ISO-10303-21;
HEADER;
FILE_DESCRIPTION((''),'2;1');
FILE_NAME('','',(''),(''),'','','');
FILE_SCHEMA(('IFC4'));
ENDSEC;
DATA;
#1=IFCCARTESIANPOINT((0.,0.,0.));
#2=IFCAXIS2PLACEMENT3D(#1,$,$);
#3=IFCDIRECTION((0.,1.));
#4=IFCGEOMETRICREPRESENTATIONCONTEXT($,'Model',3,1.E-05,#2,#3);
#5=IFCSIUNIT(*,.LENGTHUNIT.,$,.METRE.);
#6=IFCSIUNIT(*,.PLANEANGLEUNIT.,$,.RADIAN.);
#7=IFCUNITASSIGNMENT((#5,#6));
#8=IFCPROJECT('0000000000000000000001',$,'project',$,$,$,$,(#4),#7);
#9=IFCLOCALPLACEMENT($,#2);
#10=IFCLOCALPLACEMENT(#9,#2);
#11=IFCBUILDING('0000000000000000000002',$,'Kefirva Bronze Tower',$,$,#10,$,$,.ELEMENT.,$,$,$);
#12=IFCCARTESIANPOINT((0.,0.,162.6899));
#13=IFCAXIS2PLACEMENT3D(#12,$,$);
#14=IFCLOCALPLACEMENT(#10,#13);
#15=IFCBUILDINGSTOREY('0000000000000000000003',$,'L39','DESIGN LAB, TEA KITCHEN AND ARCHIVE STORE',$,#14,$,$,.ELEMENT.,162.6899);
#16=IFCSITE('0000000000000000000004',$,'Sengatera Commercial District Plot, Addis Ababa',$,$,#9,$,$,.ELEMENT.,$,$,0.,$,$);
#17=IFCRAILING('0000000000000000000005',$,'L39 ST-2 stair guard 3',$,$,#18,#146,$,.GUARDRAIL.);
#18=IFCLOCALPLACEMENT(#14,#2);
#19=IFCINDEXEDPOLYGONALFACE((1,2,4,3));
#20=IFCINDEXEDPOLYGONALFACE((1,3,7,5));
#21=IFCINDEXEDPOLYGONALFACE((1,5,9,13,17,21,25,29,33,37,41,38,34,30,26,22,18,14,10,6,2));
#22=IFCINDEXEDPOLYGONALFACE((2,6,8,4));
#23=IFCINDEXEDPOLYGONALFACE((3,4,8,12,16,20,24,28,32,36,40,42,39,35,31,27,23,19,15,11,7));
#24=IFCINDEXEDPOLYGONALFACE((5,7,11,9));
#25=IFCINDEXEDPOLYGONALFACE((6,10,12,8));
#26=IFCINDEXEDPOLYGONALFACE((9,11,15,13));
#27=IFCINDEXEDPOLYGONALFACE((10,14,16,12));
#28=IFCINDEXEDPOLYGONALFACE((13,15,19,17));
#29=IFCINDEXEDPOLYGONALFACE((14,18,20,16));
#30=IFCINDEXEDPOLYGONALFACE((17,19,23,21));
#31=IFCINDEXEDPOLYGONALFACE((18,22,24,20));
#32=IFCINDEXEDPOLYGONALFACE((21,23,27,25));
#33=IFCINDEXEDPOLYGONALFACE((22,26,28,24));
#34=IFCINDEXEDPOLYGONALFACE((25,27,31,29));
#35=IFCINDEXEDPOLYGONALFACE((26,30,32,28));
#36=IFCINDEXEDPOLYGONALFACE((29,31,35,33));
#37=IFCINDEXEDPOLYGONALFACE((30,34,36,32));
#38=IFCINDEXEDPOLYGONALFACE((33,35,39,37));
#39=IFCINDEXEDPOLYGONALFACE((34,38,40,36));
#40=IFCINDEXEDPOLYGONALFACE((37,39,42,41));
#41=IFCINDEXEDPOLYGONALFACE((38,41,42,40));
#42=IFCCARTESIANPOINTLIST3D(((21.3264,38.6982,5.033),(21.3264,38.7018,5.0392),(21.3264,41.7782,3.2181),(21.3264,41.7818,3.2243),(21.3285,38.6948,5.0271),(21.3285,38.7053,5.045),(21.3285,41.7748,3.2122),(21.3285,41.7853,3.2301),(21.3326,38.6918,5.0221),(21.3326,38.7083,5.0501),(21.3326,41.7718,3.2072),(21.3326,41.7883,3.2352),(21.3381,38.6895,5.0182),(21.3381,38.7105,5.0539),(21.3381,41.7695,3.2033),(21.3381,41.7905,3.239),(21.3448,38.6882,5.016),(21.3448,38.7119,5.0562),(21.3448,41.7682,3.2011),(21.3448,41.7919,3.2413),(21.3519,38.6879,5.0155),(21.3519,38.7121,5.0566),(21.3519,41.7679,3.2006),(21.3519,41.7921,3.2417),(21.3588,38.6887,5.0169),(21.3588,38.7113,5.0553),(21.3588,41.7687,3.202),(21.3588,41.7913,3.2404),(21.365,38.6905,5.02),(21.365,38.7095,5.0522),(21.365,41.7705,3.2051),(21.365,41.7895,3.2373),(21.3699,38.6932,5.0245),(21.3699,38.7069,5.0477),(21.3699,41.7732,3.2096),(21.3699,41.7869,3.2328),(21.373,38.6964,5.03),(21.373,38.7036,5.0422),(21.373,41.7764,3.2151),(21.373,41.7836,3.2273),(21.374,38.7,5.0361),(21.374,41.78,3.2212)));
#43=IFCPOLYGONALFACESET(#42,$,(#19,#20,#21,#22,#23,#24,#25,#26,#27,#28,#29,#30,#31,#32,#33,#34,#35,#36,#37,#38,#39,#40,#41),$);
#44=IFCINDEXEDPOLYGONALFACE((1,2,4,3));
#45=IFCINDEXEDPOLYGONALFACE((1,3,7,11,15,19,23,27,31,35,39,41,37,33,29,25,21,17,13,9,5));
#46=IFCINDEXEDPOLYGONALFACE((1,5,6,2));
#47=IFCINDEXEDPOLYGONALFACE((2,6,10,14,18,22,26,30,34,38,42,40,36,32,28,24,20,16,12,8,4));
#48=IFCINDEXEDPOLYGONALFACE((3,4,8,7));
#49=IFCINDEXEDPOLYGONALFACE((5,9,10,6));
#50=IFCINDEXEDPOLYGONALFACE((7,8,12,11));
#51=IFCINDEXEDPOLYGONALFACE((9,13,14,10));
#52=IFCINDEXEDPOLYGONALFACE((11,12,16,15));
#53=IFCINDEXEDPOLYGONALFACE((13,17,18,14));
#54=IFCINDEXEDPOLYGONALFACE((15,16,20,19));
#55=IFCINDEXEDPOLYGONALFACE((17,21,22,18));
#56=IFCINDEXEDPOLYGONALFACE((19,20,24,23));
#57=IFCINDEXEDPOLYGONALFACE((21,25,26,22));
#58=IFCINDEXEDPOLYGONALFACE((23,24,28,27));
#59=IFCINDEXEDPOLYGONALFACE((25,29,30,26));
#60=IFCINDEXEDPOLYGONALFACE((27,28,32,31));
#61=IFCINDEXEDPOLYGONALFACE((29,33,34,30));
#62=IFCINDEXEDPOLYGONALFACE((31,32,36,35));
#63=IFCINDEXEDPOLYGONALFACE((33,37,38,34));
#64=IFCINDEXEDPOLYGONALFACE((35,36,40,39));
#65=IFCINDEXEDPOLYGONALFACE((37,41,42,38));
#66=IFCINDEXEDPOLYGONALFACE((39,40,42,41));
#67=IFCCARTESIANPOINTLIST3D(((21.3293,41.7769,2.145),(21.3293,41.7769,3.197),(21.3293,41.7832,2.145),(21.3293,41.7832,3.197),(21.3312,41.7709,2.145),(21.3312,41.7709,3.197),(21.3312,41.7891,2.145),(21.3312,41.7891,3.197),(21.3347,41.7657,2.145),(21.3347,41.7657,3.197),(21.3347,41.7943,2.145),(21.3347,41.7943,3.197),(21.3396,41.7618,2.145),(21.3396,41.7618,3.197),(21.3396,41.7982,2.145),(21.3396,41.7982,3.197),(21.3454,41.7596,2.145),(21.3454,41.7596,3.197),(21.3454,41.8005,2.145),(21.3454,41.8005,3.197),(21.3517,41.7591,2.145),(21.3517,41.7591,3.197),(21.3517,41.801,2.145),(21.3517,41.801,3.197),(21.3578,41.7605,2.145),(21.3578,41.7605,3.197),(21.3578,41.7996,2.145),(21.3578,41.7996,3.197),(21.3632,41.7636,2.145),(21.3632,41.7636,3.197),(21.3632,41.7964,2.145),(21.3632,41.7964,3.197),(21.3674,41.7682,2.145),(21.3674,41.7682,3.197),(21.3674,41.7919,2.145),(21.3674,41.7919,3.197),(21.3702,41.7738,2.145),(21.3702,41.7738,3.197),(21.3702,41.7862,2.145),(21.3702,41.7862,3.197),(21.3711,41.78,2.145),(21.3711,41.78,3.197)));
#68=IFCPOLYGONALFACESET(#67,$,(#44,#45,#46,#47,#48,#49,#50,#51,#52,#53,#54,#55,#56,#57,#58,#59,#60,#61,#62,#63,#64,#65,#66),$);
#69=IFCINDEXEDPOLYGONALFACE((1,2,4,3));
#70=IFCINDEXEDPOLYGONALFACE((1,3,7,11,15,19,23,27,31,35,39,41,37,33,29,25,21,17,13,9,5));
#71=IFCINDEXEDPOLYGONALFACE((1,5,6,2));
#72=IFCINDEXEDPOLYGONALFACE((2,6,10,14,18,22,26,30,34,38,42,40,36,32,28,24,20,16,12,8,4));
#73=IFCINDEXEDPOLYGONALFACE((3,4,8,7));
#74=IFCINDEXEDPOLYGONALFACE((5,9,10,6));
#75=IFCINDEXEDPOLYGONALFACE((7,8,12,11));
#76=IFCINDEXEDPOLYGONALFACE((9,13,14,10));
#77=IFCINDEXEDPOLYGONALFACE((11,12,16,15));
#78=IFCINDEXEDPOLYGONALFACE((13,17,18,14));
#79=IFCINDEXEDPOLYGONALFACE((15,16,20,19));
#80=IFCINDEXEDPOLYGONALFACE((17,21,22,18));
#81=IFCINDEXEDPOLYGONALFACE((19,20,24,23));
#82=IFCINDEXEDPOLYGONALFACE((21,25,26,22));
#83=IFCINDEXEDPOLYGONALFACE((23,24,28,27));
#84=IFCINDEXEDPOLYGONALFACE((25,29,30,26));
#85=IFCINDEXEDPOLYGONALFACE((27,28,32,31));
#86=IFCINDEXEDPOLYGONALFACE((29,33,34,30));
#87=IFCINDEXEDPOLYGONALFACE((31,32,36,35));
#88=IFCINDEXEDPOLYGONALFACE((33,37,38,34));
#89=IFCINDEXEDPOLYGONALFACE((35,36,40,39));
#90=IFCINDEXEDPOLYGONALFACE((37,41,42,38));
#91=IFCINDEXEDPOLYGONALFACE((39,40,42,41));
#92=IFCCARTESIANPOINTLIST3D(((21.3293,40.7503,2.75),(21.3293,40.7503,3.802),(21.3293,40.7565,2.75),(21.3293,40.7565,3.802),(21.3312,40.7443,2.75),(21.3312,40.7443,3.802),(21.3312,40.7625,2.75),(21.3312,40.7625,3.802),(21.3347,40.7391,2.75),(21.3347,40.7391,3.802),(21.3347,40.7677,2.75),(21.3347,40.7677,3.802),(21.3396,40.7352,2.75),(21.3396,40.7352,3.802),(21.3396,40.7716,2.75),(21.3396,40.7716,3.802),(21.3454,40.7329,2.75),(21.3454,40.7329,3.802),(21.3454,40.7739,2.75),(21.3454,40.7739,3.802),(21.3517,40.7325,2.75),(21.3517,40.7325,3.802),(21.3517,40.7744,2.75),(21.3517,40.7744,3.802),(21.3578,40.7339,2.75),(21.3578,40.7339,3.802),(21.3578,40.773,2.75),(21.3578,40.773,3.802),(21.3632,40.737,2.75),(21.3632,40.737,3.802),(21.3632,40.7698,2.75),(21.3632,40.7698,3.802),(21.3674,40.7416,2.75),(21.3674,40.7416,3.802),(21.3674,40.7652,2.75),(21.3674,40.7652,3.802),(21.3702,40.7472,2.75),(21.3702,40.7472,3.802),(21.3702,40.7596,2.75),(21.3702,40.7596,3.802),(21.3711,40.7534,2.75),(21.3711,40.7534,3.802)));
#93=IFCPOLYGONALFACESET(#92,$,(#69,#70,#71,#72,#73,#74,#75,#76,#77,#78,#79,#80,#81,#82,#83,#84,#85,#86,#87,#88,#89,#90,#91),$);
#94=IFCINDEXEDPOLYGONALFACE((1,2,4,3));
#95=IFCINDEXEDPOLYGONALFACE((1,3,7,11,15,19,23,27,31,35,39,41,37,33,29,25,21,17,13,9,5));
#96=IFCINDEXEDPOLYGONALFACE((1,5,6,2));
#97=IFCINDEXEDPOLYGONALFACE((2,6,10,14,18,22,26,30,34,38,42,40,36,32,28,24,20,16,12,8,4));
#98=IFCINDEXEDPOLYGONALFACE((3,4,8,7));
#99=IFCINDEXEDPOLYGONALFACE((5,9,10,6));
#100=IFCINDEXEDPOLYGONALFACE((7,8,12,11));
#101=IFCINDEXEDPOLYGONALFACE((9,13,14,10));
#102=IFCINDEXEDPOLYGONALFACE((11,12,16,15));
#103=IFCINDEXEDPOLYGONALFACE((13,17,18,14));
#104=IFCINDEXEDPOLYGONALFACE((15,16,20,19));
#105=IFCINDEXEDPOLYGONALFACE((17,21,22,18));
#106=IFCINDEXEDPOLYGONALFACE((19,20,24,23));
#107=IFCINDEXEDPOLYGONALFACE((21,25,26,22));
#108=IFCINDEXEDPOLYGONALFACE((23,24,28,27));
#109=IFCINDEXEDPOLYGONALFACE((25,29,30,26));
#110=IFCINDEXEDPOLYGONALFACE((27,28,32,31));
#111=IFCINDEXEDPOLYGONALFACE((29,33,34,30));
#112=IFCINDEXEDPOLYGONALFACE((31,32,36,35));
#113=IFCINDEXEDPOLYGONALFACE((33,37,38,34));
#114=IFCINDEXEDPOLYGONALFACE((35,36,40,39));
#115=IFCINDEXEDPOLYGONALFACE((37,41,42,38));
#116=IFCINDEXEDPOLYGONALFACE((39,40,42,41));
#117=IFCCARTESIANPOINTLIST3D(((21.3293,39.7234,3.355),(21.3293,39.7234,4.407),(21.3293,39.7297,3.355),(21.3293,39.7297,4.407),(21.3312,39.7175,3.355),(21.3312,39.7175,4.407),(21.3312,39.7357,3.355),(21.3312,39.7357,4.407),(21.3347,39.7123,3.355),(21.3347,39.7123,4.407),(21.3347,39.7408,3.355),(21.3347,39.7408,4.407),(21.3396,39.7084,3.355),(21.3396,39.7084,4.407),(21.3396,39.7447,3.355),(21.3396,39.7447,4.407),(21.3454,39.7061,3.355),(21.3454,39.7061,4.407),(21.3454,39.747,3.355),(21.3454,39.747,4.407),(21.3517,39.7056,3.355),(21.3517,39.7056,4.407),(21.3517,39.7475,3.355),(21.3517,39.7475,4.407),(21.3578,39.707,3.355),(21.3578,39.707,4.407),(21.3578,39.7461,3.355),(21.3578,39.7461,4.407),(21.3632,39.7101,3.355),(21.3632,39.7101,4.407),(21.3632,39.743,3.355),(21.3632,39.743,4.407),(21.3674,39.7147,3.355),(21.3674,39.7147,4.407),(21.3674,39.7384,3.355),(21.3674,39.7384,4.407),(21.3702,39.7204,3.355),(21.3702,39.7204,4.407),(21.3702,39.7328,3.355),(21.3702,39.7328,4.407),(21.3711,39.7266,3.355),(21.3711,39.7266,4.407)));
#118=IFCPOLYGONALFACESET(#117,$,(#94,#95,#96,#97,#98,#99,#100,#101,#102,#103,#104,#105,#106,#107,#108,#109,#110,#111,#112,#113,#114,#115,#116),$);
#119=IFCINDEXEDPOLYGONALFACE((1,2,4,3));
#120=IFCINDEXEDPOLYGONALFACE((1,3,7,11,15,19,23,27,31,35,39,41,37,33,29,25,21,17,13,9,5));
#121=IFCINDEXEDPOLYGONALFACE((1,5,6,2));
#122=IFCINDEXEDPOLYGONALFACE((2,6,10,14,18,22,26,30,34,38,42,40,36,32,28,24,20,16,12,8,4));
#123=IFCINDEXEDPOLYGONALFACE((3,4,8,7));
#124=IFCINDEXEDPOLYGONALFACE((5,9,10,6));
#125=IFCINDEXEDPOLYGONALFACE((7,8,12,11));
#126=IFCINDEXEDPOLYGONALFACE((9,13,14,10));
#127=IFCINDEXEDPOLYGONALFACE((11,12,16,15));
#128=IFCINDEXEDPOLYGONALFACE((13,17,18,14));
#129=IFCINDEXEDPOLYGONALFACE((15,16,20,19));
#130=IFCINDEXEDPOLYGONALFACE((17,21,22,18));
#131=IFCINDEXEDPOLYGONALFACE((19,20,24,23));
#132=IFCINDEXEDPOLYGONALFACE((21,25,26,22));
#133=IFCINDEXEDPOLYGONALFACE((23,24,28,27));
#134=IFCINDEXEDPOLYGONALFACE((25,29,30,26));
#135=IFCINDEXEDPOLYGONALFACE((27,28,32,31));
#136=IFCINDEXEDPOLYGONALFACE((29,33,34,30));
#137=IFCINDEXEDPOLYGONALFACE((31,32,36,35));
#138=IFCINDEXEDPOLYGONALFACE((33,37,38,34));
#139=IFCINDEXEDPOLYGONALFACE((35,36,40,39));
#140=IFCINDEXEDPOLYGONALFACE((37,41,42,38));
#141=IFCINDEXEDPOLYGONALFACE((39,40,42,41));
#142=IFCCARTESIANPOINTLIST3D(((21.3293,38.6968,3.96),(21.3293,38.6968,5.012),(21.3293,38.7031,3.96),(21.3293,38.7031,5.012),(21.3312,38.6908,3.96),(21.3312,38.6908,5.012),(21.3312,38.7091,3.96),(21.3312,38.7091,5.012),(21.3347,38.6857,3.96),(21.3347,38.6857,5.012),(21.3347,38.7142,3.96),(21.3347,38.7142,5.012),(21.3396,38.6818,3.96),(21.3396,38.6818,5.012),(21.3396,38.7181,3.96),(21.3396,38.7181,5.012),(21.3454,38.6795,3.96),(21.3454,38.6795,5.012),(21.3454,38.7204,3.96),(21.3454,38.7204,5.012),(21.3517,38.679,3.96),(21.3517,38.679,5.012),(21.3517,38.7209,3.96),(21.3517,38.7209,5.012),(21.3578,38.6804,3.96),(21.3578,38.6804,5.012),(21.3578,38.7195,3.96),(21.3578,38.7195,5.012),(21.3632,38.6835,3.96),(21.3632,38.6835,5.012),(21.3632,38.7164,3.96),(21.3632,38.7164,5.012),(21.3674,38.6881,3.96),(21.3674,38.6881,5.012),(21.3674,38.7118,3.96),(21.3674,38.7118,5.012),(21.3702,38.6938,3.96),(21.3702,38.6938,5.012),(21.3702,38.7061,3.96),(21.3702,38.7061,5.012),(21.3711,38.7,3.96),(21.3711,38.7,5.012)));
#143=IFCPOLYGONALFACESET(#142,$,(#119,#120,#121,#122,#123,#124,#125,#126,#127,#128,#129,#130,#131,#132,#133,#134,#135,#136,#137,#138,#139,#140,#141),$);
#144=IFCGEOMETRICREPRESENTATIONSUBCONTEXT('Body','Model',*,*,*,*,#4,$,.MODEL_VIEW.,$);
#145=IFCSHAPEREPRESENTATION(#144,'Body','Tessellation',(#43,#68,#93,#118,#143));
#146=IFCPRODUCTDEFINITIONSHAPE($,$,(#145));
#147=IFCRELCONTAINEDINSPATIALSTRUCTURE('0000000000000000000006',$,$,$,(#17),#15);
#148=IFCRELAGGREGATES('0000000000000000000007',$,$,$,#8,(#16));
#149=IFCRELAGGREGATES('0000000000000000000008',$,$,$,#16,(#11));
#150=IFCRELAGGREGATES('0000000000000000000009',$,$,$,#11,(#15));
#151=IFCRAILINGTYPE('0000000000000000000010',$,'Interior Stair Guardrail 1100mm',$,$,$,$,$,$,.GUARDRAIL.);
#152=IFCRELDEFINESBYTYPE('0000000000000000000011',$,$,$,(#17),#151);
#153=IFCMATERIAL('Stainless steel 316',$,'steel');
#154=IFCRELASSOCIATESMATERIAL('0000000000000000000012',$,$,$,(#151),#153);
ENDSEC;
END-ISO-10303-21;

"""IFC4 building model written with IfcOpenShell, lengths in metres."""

from ifc_helpers import new_model, si_unit, direction, frame, origin, origin_2d, place, context, subcontext, project, spatial, circle, extrude, material, type_object, element, save


model = new_model("IFC4")

# Units and contexts
model_context = context("Model", 3, precision=1e-05, world=origin(), true_north=direction((0.0, 1.0)))
body_context = subcontext(model_context, "Body", "Model", "MODEL_VIEW")
ifc_project = project(units=[si_unit("LENGTHUNIT", "METRE"), si_unit("PLANEANGLEUNIT", "RADIAN")], contexts=[model_context])

# Site, building, storey
site_placement = place(None, origin())
site = spatial("IfcSite", under=ifc_project, at=site_placement, Name="Sengatera Commercial District Plot, Addis Ababa", CompositionType="ELEMENT", RefElevation=0.0)
building_placement = place(site_placement, origin())
building = spatial("IfcBuilding", under=site, at=building_placement, Name="Kefirva Bronze Tower", CompositionType="ELEMENT")
storey_placement = place(building_placement, frame((0.0, 0.0, 162.6899)))
storey = spatial("IfcBuildingStorey", under=building, at=storey_placement, Name="L39", Description="DESIGN LAB, TEA KITCHEN AND ARCHIVE STORE", CompositionType="ELEMENT", Elevation=162.6899)

# Railing
ifc_material_1 = material(Name="Stainless steel 316", Category="steel")
railing_type_1 = type_object("IfcRailingType", Name="Interior Stair Guardrail 1100mm", PredefinedType="GUARDRAIL", material=ifc_material_1)
railing_1_placement = place(storey_placement, frame((21.3501, 41.78, 2.145)))
element("IfcRailing", 1, at=railing_1_placement, inside=storey, type_object=railing_type_1, Name="L39 ST-2 stair guard 3", PredefinedType="GUARDRAIL", context=body_context, shape_type="SweptSolid", body=[
    extrude(circle(Radius=0.0239, at=origin_2d()), frame((0.0, 0.0, 1.0762), z_axis=(0.0, -0.861551, 0.507671), x_axis=(1.0, 0.0, 0.0)), (0.0, 0.0, 1.0), 3.575),
    extrude(circle(Radius=0.021, at=origin_2d()), origin(), (0.0, 0.0, 1.0), 1.052),
    extrude(circle(Radius=0.021, at=origin_2d()), frame((0.0, -1.0266, 0.605)), (0.0, 0.0, 1.0), 1.052),
    extrude(circle(Radius=0.021, at=origin_2d()), frame((0.0, -2.0535, 1.21)), (0.0, 0.0, 1.0), 1.052),
    extrude(circle(Radius=0.021, at=origin_2d()), frame((0.0, -3.0801, 1.8149)), (0.0, 0.0, 1.0), 1.052),
])

save(model, "model.ifc")
